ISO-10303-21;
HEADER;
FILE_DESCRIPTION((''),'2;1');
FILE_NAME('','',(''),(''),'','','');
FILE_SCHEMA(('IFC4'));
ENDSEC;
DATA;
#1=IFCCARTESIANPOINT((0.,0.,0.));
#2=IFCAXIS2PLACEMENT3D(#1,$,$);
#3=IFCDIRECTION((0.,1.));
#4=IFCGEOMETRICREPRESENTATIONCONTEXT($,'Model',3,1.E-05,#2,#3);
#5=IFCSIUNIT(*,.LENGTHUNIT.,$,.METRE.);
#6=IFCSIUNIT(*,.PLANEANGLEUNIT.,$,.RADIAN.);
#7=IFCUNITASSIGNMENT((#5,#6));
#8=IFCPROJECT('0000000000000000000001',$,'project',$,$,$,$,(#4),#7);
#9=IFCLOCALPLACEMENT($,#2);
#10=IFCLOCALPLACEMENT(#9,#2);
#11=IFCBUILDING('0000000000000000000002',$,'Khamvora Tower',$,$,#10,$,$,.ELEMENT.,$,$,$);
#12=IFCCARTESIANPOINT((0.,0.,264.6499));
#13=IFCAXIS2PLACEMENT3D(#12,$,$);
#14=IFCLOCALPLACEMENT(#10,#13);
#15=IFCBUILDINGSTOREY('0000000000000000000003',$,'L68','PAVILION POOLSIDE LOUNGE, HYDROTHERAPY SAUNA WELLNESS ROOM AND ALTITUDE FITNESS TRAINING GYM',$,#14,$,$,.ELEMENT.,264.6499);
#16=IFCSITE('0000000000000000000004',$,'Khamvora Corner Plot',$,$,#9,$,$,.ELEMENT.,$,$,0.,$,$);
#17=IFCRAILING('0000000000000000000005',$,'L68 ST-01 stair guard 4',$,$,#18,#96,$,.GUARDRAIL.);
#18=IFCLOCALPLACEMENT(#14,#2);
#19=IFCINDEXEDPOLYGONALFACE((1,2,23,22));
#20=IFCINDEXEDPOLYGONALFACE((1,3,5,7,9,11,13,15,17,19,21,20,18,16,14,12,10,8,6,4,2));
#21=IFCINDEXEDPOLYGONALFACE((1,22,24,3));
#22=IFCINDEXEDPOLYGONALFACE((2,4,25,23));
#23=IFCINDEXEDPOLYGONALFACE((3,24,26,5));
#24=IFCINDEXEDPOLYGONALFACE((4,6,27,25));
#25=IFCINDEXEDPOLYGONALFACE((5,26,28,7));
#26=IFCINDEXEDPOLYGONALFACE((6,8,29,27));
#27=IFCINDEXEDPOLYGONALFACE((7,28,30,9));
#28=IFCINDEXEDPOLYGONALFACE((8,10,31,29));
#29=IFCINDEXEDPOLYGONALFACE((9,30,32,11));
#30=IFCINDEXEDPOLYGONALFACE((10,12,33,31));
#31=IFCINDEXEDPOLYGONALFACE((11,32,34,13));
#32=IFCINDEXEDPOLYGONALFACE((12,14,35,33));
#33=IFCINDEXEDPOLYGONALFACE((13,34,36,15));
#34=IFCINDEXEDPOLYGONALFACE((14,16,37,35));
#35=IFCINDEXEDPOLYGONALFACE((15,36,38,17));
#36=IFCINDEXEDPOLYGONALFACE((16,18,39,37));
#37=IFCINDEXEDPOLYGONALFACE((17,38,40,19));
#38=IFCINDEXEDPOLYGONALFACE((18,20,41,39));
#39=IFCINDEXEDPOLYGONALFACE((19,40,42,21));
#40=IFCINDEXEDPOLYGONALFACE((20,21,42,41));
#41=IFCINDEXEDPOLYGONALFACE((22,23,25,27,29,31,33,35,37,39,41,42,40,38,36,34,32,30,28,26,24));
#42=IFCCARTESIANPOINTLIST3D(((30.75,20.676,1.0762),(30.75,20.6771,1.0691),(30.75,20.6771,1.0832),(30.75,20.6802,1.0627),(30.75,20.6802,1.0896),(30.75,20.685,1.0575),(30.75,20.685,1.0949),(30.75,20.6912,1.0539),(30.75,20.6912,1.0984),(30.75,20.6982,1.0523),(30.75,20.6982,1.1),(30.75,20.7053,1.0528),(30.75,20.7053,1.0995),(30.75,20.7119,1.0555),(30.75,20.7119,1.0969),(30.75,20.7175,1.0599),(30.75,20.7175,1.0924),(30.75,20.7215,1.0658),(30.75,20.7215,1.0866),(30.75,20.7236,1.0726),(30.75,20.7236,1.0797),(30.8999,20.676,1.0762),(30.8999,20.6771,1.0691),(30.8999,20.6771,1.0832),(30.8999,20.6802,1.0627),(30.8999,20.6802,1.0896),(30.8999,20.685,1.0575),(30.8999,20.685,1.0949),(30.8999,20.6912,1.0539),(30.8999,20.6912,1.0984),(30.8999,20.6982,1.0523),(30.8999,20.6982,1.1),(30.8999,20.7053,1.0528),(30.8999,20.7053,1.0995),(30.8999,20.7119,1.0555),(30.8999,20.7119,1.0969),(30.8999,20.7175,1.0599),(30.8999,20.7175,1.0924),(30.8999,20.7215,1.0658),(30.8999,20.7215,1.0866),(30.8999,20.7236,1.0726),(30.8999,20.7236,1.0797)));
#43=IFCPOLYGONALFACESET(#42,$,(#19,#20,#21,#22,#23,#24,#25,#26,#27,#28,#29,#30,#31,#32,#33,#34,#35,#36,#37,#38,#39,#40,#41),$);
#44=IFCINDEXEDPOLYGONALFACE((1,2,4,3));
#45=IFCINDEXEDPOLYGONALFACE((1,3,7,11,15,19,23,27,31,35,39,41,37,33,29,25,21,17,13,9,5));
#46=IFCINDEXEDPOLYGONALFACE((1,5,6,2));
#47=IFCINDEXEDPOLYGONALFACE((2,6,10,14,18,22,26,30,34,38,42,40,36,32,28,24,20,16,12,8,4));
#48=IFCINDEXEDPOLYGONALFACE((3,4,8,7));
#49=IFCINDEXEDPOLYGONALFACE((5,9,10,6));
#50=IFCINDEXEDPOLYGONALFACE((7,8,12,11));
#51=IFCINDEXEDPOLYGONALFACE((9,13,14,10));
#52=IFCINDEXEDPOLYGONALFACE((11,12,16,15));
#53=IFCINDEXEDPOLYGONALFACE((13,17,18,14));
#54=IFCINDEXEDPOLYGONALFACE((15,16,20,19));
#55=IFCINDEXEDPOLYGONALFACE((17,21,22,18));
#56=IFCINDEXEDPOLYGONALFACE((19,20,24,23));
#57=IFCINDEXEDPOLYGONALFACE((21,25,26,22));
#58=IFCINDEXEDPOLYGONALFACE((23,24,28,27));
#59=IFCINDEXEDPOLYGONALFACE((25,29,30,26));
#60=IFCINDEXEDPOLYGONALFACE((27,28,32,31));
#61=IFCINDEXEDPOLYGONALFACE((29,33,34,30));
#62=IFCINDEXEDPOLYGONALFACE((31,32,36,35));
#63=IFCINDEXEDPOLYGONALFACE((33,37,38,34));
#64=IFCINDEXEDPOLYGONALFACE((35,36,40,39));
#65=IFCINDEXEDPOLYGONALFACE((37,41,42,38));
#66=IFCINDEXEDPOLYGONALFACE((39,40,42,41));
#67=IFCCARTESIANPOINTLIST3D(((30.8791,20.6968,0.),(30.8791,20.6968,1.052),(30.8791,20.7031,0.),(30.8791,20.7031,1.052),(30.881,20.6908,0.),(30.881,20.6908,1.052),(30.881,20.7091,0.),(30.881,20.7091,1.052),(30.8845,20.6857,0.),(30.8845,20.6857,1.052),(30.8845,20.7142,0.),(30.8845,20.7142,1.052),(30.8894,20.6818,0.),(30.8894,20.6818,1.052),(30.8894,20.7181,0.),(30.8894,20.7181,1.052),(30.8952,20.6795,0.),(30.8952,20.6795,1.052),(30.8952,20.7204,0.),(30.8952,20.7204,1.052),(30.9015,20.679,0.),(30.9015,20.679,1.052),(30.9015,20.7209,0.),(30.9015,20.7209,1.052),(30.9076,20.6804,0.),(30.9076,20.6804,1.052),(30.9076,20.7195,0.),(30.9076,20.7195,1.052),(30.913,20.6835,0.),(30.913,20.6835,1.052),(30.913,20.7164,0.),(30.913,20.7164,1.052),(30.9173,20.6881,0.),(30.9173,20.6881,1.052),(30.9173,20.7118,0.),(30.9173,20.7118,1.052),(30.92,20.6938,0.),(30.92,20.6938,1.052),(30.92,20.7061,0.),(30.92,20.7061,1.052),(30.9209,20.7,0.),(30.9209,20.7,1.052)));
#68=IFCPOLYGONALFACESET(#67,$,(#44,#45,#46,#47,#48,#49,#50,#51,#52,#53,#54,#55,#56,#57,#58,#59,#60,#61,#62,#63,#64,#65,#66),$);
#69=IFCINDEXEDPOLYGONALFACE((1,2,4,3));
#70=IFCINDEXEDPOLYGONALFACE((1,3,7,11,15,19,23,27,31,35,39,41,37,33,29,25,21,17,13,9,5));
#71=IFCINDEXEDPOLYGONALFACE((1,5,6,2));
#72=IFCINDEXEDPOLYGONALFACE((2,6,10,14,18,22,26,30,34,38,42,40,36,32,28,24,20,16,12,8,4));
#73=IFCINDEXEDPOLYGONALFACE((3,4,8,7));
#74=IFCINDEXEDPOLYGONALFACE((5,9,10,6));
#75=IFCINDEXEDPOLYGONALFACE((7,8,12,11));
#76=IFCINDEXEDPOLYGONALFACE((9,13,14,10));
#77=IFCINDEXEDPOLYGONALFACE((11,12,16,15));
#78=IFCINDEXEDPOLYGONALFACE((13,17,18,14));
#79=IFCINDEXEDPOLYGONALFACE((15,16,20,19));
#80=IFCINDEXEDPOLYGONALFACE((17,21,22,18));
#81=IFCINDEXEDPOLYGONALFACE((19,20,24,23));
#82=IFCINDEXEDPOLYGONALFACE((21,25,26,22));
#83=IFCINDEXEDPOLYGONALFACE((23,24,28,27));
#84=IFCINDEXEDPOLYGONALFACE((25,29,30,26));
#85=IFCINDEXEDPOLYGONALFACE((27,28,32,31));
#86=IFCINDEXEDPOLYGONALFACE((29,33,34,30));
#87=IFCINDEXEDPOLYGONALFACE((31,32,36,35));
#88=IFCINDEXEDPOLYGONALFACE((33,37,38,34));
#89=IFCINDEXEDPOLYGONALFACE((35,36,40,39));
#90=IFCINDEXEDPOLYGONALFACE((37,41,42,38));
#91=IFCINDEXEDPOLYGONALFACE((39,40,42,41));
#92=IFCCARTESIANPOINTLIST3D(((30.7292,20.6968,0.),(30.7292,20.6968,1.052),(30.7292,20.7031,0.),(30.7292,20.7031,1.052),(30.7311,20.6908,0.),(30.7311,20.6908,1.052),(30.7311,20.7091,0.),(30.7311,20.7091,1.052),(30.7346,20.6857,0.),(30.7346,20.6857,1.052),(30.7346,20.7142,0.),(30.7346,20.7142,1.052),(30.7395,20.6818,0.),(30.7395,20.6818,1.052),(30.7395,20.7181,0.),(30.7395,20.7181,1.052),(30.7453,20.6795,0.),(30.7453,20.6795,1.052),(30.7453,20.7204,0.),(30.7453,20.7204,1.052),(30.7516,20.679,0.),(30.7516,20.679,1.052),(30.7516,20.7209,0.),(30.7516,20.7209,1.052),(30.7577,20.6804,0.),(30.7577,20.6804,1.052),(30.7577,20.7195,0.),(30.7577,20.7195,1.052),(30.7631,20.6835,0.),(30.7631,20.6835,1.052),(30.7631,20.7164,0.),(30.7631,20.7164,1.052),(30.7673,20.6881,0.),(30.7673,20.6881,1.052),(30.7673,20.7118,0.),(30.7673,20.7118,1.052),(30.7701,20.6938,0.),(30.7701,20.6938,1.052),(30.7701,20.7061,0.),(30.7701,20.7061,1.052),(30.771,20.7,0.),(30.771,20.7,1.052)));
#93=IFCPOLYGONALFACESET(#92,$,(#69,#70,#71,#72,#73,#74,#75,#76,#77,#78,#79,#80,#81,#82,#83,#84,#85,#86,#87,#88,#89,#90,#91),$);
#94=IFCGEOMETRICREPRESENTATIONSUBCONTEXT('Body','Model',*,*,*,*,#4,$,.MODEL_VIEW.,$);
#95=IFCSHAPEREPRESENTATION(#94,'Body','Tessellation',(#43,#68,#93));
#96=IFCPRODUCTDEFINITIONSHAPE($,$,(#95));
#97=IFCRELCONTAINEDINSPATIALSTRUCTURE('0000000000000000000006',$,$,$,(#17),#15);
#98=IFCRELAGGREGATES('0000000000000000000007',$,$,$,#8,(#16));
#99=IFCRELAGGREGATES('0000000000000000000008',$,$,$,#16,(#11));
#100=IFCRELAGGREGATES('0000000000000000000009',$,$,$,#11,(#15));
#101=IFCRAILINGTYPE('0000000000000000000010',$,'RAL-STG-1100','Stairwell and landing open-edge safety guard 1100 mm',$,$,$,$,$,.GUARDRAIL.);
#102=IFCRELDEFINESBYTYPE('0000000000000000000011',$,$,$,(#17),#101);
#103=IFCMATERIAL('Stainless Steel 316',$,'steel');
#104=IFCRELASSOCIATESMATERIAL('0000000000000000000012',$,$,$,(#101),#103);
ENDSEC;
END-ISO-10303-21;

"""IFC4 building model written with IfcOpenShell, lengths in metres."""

from ifc_helpers import new_model, si_unit, direction, frame, origin, origin_2d, place, context, subcontext, project, spatial, circle, extrude, material, type_object, element, save


model = new_model("IFC4")

# Units and contexts
model_context = context("Model", 3, precision=1e-05, world=origin(), true_north=direction((0.0, 1.0)))
body_context = subcontext(model_context, "Body", "Model", "MODEL_VIEW")
ifc_project = project(units=[si_unit("LENGTHUNIT", "METRE"), si_unit("PLANEANGLEUNIT", "RADIAN")], contexts=[model_context])

# Site, building, storey
site_placement = place(None, origin())
site = spatial("IfcSite", under=ifc_project, at=site_placement, Name="Khamvora Corner Plot", CompositionType="ELEMENT", RefElevation=0.0)
building_placement = place(site_placement, origin())
building = spatial("IfcBuilding", under=site, at=building_placement, Name="Khamvora Tower", CompositionType="ELEMENT")
storey_placement = place(building_placement, frame((0.0, 0.0, 264.6499)))
storey = spatial("IfcBuildingStorey", under=building, at=storey_placement, Name="L68", Description="PAVILION POOLSIDE LOUNGE, HYDROTHERAPY SAUNA WELLNESS ROOM AND ALTITUDE FITNESS TRAINING GYM", CompositionType="ELEMENT", Elevation=264.6499)

# Railing
ifc_material_1 = material(Name="Stainless Steel 316", Category="steel")
railing_type_1 = type_object("IfcRailingType", Name="RAL-STG-1100", Description="Stairwell and landing open-edge safety guard 1100 mm", PredefinedType="GUARDRAIL", material=ifc_material_1)
railing_1_placement = place(storey_placement, frame((30.8999, 20.7, 0.0)))
element("IfcRailing", 1, at=railing_1_placement, inside=storey, type_object=railing_type_1, Name="L68 ST-01 stair guard 4", PredefinedType="GUARDRAIL", context=body_context, shape_type="SweptSolid", body=[
    extrude(circle(Radius=0.0239, at=origin_2d()), frame((0.0, 0.0, 1.0762), z_axis=(-1.0, 0.0, 0.0), x_axis=(0.0, -1.0, 0.0)), (0.0, 0.0, 1.0), 0.1499),
    extrude(circle(Radius=0.021, at=origin_2d()), origin(), (0.0, 0.0, 1.0), 1.052),
    extrude(circle(Radius=0.021, at=origin_2d()), frame((-0.1499, 0.0, 0.0)), (0.0, 0.0, 1.0), 1.052),
])

save(model, "model.ifc")
